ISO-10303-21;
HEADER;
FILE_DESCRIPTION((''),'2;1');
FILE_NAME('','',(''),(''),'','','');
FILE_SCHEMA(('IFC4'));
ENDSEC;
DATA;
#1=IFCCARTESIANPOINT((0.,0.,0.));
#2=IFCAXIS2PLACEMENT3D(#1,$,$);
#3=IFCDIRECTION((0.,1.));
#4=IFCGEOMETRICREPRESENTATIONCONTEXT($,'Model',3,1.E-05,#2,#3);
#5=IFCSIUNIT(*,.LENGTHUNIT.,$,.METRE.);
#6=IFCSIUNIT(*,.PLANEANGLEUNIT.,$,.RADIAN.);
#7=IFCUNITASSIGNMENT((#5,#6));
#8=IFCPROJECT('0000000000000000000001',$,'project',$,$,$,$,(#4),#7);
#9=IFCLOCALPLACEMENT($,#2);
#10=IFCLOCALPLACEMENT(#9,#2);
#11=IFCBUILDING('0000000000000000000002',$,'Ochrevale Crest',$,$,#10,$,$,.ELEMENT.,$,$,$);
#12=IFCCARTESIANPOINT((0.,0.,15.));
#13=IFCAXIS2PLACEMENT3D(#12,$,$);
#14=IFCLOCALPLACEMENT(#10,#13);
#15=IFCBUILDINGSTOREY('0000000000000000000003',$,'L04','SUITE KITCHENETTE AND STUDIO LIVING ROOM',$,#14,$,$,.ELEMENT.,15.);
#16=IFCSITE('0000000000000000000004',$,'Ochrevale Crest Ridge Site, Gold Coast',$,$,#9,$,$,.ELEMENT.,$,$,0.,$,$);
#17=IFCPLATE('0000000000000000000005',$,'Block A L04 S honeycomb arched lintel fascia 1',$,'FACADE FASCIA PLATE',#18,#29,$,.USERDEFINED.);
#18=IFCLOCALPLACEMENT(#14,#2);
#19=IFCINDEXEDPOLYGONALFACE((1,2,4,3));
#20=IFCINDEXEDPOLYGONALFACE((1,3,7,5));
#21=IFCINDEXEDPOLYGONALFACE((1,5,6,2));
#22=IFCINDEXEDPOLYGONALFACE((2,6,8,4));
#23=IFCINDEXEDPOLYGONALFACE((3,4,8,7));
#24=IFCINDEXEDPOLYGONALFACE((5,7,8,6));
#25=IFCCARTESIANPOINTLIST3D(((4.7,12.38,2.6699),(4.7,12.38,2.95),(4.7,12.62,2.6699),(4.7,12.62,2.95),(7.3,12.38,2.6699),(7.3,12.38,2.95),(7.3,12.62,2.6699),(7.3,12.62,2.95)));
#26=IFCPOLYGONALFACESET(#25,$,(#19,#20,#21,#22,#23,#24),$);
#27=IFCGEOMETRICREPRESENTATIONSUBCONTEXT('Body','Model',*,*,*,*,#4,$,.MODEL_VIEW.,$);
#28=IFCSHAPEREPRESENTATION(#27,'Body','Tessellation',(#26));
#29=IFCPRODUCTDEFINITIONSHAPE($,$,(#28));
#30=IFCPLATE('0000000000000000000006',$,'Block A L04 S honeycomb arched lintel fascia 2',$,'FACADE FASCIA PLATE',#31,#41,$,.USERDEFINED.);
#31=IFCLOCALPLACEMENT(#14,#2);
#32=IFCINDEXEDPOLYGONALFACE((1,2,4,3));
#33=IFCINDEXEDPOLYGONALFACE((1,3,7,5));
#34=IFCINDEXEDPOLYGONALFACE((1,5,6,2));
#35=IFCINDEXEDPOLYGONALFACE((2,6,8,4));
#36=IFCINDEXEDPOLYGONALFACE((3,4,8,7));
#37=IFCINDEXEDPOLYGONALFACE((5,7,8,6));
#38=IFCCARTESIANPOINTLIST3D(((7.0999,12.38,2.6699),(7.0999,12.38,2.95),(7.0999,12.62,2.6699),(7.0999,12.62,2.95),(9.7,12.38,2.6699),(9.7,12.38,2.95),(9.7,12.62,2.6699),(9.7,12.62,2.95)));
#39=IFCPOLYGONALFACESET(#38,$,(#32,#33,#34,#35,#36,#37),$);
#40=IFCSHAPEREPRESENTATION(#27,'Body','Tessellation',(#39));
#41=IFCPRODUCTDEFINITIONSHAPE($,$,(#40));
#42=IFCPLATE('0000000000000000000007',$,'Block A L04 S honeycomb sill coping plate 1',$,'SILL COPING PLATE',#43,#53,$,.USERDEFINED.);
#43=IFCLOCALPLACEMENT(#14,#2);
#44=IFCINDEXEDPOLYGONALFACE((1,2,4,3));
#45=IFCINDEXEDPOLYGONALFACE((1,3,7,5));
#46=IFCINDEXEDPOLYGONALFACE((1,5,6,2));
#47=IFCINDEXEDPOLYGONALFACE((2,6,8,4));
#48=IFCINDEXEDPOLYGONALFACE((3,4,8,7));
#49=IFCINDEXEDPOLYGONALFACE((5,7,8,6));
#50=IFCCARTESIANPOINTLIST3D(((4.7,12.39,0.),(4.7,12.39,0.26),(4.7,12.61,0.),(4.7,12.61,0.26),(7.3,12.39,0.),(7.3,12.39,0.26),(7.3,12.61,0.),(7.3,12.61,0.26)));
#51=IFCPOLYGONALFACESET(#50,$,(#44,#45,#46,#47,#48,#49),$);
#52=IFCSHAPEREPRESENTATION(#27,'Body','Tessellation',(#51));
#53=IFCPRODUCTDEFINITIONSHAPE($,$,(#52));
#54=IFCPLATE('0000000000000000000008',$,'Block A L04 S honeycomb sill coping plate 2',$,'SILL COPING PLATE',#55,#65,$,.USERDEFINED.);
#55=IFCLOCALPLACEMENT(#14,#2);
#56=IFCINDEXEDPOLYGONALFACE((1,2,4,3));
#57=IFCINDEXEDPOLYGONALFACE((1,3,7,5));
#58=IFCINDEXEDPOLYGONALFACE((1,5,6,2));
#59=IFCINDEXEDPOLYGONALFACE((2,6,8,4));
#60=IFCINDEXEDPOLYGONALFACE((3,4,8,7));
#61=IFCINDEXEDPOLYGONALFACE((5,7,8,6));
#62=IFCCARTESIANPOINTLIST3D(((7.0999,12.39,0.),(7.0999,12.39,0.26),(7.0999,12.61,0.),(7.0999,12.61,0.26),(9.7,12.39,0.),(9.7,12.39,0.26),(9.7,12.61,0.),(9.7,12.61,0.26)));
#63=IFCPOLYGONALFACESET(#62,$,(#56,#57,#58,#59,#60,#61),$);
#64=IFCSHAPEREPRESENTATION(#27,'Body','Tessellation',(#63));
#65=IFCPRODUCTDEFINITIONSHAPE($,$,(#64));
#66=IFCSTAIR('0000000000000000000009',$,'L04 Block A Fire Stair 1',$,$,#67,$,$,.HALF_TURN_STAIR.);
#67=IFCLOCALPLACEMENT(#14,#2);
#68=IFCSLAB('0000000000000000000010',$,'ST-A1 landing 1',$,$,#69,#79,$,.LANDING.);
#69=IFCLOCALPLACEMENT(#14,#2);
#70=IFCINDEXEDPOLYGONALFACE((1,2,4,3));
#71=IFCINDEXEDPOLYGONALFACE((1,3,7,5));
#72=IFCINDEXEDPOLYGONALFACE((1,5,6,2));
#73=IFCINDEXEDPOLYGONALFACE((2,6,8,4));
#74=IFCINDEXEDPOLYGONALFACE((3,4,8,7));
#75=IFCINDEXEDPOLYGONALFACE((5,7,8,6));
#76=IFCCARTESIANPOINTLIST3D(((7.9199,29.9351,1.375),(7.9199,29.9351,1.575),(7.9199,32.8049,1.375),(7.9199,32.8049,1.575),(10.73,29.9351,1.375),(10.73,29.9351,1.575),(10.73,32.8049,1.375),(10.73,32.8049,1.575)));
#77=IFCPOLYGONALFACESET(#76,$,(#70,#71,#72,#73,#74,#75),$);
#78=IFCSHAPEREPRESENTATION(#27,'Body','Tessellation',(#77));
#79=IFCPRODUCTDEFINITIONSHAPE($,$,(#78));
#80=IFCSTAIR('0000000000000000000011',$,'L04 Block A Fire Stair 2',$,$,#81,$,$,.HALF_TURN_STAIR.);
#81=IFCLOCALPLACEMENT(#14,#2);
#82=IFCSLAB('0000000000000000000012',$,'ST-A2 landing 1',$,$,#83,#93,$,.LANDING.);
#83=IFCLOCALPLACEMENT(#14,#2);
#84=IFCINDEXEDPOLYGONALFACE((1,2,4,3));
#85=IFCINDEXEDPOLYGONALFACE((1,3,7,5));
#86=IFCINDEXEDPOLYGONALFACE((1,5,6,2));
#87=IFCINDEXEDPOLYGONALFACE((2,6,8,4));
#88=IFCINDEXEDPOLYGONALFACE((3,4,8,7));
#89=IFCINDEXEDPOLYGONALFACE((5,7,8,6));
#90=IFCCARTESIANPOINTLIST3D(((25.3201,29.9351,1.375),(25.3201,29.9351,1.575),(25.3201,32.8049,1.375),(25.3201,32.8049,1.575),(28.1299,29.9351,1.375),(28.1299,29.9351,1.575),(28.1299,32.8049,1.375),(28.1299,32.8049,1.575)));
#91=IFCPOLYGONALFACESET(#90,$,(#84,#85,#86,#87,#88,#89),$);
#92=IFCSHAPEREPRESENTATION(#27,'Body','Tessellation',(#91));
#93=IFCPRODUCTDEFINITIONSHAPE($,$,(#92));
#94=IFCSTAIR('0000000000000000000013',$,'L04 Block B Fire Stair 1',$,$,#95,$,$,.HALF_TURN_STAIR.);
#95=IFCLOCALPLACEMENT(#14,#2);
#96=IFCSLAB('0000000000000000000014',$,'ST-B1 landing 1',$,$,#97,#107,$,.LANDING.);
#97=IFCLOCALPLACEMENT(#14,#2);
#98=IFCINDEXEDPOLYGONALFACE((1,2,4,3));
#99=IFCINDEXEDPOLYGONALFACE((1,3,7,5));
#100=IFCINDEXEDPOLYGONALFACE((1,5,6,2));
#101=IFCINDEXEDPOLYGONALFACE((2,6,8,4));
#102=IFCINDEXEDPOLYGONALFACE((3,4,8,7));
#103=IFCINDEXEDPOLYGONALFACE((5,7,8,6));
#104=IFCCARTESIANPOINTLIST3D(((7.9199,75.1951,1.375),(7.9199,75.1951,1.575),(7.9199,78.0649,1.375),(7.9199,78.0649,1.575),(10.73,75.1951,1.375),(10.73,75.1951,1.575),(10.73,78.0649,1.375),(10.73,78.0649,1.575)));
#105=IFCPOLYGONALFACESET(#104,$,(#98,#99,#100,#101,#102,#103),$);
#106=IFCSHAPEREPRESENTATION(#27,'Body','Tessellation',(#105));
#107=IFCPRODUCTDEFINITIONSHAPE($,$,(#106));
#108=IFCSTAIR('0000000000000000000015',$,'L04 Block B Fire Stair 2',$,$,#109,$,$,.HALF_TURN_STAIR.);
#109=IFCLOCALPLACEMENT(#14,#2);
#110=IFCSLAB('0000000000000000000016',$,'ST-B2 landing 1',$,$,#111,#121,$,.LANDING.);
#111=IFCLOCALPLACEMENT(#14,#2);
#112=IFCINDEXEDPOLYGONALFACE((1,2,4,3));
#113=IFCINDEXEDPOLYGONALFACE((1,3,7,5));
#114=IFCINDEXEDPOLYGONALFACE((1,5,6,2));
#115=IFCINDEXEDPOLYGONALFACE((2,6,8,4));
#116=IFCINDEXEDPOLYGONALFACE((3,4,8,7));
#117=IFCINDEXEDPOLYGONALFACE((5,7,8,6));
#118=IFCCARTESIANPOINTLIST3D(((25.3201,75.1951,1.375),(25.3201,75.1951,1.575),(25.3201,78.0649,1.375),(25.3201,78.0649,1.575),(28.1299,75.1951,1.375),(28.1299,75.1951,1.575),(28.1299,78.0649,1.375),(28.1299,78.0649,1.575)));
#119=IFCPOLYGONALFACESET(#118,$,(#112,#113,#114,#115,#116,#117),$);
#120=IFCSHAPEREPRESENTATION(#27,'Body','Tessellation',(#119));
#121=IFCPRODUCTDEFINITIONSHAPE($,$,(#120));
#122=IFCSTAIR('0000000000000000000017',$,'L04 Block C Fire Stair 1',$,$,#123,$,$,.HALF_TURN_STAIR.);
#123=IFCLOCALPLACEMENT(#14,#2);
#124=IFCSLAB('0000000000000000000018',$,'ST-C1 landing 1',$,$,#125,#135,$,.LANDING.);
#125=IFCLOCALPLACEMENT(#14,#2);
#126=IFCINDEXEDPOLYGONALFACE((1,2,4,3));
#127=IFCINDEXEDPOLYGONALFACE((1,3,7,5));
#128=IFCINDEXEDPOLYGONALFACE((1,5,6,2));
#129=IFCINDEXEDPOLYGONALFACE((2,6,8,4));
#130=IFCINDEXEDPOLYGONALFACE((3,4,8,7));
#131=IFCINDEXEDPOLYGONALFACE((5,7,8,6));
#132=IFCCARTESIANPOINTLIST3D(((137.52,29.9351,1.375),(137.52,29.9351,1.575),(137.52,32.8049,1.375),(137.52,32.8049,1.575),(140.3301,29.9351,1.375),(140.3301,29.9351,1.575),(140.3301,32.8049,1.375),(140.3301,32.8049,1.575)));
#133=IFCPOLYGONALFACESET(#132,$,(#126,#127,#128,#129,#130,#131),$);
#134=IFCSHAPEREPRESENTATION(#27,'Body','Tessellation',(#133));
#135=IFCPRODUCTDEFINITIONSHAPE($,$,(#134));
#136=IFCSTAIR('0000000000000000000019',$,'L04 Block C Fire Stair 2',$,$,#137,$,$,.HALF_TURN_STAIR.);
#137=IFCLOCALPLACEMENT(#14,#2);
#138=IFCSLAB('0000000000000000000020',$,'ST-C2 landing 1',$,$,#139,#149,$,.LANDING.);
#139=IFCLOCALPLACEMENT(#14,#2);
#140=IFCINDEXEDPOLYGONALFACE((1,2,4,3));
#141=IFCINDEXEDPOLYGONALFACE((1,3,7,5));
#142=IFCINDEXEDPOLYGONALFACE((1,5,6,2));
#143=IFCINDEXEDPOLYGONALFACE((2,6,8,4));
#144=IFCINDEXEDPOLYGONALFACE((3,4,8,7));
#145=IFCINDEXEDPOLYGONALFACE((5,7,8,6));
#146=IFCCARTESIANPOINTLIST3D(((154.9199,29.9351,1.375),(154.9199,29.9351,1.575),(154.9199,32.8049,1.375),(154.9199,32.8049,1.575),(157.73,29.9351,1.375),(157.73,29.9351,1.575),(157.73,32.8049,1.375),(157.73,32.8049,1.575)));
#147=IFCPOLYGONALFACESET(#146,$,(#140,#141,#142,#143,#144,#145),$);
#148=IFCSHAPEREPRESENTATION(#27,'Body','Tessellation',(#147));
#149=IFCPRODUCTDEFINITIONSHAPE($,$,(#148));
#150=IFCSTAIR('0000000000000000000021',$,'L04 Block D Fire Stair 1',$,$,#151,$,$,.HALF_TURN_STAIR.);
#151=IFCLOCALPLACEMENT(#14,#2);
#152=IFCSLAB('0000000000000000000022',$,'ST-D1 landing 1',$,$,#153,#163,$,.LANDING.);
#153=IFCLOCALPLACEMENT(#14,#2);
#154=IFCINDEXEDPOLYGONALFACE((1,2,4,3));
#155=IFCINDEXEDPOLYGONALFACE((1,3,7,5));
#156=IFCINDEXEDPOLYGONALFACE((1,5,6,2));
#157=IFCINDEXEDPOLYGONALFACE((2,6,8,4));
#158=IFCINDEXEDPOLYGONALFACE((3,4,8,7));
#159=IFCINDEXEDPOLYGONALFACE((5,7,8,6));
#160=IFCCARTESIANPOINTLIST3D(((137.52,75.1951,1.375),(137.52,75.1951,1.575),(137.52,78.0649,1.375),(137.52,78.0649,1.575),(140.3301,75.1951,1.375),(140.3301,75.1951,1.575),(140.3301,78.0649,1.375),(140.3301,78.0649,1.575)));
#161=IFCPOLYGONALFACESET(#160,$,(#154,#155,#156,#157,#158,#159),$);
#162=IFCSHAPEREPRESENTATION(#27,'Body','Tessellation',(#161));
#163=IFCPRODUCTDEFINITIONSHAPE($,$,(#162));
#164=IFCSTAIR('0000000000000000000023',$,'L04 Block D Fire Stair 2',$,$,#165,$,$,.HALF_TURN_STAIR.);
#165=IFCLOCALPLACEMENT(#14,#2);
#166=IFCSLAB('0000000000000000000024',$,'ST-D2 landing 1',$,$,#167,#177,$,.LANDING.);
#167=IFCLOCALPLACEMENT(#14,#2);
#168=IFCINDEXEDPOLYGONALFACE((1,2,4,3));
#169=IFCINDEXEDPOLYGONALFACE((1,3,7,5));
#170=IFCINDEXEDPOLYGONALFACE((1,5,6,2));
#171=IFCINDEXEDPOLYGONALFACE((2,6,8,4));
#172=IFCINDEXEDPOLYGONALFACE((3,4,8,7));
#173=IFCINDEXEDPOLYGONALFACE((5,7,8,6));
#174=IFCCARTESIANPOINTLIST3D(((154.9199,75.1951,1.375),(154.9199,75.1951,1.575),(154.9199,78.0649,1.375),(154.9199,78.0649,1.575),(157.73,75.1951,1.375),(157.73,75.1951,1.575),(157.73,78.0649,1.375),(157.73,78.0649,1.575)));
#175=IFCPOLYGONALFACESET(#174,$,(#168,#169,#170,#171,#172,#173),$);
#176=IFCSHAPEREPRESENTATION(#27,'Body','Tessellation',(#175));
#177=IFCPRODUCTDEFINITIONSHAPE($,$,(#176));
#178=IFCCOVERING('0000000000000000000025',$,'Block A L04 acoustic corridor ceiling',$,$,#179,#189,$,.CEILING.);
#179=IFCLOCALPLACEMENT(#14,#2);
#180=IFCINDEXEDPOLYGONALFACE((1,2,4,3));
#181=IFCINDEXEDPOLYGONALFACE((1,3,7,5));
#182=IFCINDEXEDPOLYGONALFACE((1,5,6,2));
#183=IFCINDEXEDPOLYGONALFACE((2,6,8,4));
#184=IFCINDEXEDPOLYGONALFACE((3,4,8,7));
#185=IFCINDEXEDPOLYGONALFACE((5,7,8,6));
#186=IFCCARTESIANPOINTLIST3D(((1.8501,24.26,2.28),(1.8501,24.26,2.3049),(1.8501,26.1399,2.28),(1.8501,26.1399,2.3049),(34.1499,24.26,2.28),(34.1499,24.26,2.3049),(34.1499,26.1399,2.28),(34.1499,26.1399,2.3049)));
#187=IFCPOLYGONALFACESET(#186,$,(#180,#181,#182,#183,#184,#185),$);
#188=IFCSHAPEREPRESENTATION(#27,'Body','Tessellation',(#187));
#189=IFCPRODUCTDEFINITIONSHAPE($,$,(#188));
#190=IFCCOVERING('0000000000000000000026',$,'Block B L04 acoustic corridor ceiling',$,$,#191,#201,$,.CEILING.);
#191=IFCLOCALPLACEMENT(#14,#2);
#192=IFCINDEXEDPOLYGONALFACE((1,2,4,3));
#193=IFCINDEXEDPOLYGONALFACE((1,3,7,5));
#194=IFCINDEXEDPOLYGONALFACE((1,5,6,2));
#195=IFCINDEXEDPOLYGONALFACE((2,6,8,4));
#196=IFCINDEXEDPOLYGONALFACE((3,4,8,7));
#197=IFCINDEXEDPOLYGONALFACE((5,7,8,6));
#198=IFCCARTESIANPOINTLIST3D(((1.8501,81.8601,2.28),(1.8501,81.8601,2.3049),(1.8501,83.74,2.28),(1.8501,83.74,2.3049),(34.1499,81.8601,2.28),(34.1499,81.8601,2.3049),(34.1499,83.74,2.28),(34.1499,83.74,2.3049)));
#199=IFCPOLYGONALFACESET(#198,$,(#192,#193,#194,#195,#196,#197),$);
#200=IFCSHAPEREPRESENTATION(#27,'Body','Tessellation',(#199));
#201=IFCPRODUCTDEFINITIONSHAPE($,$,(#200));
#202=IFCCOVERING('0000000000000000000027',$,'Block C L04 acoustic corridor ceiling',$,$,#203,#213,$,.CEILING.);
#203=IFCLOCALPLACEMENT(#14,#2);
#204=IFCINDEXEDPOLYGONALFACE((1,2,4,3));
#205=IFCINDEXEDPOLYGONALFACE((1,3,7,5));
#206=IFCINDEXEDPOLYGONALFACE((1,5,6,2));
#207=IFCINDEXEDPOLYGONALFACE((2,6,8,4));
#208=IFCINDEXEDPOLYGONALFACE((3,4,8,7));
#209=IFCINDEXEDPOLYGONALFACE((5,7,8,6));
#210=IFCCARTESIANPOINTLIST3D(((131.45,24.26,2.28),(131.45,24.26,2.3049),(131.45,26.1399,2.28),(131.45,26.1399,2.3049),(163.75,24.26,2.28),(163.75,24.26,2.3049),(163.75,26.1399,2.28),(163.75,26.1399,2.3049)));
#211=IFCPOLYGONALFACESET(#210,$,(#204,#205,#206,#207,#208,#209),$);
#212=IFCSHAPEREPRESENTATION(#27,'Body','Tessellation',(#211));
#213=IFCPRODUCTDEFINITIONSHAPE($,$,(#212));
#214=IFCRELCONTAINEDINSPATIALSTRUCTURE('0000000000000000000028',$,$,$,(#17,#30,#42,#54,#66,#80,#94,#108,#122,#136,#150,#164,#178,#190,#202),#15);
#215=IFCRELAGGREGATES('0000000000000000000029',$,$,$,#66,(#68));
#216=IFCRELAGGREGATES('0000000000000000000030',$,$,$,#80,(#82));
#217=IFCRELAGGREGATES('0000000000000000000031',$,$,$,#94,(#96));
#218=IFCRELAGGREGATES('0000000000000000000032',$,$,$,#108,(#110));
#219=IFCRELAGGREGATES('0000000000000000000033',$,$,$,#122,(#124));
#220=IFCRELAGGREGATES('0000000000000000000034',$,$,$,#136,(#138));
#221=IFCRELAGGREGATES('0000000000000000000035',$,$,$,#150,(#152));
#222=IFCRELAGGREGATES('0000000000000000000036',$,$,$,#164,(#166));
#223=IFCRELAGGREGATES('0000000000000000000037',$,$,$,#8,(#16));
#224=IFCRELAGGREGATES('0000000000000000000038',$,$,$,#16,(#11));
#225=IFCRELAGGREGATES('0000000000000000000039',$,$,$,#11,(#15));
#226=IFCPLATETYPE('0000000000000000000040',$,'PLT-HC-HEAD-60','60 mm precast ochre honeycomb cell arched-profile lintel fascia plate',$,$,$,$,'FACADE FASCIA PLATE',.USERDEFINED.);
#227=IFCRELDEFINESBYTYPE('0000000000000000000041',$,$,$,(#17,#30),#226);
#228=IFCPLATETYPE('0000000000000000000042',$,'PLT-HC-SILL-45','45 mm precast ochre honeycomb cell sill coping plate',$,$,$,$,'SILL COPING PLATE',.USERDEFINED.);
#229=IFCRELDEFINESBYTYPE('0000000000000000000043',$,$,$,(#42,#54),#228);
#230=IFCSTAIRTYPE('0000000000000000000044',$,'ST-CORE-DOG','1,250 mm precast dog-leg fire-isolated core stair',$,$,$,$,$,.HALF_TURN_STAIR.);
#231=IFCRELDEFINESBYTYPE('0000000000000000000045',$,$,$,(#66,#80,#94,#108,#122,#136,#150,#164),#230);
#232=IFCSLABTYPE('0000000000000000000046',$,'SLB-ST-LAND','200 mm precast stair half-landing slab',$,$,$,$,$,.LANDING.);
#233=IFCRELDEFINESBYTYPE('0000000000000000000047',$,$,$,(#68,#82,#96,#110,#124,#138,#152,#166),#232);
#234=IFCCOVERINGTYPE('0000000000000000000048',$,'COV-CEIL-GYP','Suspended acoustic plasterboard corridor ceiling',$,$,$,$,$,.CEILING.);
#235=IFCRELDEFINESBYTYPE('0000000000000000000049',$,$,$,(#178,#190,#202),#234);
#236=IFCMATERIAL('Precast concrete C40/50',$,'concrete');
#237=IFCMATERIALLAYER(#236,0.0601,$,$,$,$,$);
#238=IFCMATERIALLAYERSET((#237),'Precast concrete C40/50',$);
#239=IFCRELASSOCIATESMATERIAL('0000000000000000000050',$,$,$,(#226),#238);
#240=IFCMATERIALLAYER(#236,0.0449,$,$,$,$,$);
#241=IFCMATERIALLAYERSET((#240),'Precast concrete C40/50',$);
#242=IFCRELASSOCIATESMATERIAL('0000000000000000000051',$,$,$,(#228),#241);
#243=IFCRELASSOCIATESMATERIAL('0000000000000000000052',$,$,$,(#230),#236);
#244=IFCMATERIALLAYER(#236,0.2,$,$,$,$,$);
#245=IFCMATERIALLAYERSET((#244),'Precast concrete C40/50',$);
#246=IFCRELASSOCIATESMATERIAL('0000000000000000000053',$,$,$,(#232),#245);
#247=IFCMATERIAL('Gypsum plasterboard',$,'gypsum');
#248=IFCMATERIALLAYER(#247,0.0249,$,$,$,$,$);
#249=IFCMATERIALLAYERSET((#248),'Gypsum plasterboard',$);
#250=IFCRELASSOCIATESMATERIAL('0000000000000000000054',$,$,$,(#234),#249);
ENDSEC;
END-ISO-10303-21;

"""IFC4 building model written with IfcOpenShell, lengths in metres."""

from ifc_helpers import new_model, si_unit, direction, frame, origin, origin_2d, place, context, subcontext, project, spatial, polyline, rectangle, outline, extrude, material, layer, layer_set, type_object, element, aggregate, save


model = new_model("IFC4")

# Units and contexts
model_context = context("Model", 3, precision=1e-05, world=origin(), true_north=direction((0.0, 1.0)))
body_context = subcontext(model_context, "Body", "Model", "MODEL_VIEW")
ifc_project = project(units=[si_unit("LENGTHUNIT", "METRE"), si_unit("PLANEANGLEUNIT", "RADIAN")], contexts=[model_context])

# Site, building, storey
site_placement = place(None, origin())
site = spatial("IfcSite", under=ifc_project, at=site_placement, Name="Ochrevale Crest Ridge Site, Gold Coast", CompositionType="ELEMENT", RefElevation=0.0)
building_placement = place(site_placement, origin())
building = spatial("IfcBuilding", under=site, at=building_placement, Name="Ochrevale Crest", CompositionType="ELEMENT")
storey_placement = place(building_placement, frame((0.0, 0.0, 15.0)))
storey = spatial("IfcBuildingStorey", under=building, at=storey_placement, Name="L04", Description="SUITE KITCHENETTE AND STUDIO LIVING ROOM", CompositionType="ELEMENT", Elevation=15.0)

# Plates
ifc_material_1 = material(Name="Precast concrete C40/50", Category="concrete")
ifc_layer_1 = layer(ifc_material_1, 0.0601)
ifc_layer_set_1 = layer_set([ifc_layer_1], Name="Precast concrete C40/50")
plate_type_1 = type_object("IfcPlateType", Name="PLT-HC-HEAD-60", Description="60 mm precast ochre honeycomb cell arched-profile lintel fascia plate", ElementType="FACADE FASCIA PLATE", PredefinedType="USERDEFINED", material=ifc_layer_set_1)
for number, where, z_axis, x_axis, name in (
    (1, (6.0, 12.5, 2.6699), (0.0, 0.0, 1.0), (1.0, 0.0, 0.0), "Block A L04 S honeycomb arched lintel fascia 1"),
    (2, (8.3999, 12.5, 2.6699), (0.0, 0.0, 1.0), (1.0, 0.0, 0.0), "Block A L04 S honeycomb arched lintel fascia 2"),
):
    element("IfcPlate", number, at=place(storey_placement, frame(where, z_axis=z_axis, x_axis=x_axis)), inside=storey, type_object=plate_type_1, Name=name, ObjectType="FACADE FASCIA PLATE", PredefinedType="USERDEFINED", context=body_context, shape_type="SweptSolid", body=[
        extrude(rectangle(XDim=2.6001, YDim=0.24, at=origin_2d()), origin(), (0.0, 0.0, 1.0), 0.28),
    ])
ifc_layer_2 = layer(ifc_material_1, 0.0449)
ifc_layer_set_2 = layer_set([ifc_layer_2], Name="Precast concrete C40/50")
plate_type_2 = type_object("IfcPlateType", Name="PLT-HC-SILL-45", Description="45 mm precast ochre honeycomb cell sill coping plate", ElementType="SILL COPING PLATE", PredefinedType="USERDEFINED", material=ifc_layer_set_2)
for number, where, z_axis, x_axis, name in (
    (3, (6.0, 12.5, 0.0), (0.0, 0.0, 1.0), (1.0, 0.0, 0.0), "Block A L04 S honeycomb sill coping plate 1"),
    (4, (8.3999, 12.5, 0.0), (0.0, 0.0, 1.0), (1.0, 0.0, 0.0), "Block A L04 S honeycomb sill coping plate 2"),
):
    element("IfcPlate", number, at=place(storey_placement, frame(where, z_axis=z_axis, x_axis=x_axis)), inside=storey, type_object=plate_type_2, Name=name, ObjectType="SILL COPING PLATE", PredefinedType="USERDEFINED", context=body_context, shape_type="SweptSolid", body=[
        extrude(rectangle(XDim=2.6001, YDim=0.22, at=origin_2d()), origin(), (0.0, 0.0, 1.0), 0.26),
    ])

# Stairs, slabs
stair_type = type_object("IfcStairType", Name="ST-CORE-DOG", Description="1,250 mm precast dog-leg fire-isolated core stair", PredefinedType="HALF_TURN_STAIR", material=ifc_material_1)
stair_1_placement = place(storey_placement, origin())
stair_1 = element("IfcStair", 5, at=stair_1_placement, inside=storey, type_object=stair_type, Name="L04 Block A Fire Stair 1", PredefinedType="HALF_TURN_STAIR")
ifc_layer_3 = layer(ifc_material_1, 0.2)
ifc_layer_set_3 = layer_set([ifc_layer_3], Name="Precast concrete C40/50")
slab_type = type_object("IfcSlabType", Name="SLB-ST-LAND", Description="200 mm precast stair half-landing slab", PredefinedType="LANDING", material=ifc_layer_set_3)
slab_1_placement = place(storey_placement, frame((0.0, 0.0, 1.375)))
slab_1 = element("IfcSlab", 6, at=slab_1_placement, type_object=slab_type, Name="ST-A1 landing 1", PredefinedType="LANDING", context=body_context, shape_type="SweptSolid", body=[
    extrude(outline(polyline([(10.73, 29.9351), (10.73, 32.8049), (7.9199, 32.8049), (7.9199, 29.9351), (10.73, 29.9351)])), origin(), (0.0, 0.0, 1.0), 0.2),
])
aggregate(stair_1, [slab_1])
stair_2_placement = place(storey_placement, origin())
stair_2 = element("IfcStair", 7, at=stair_2_placement, inside=storey, type_object=stair_type, Name="L04 Block A Fire Stair 2", PredefinedType="HALF_TURN_STAIR")
slab_2_placement = place(storey_placement, frame((0.0, 0.0, 1.375)))
slab_2 = element("IfcSlab", 8, at=slab_2_placement, type_object=slab_type, Name="ST-A2 landing 1", PredefinedType="LANDING", context=body_context, shape_type="SweptSolid", body=[
    extrude(outline(polyline([(28.1299, 29.9351), (28.1299, 32.8049), (25.3201, 32.8049), (25.3201, 29.9351), (28.1299, 29.9351)])), origin(), (0.0, 0.0, 1.0), 0.2),
])
aggregate(stair_2, [slab_2])
stair_3_placement = place(storey_placement, origin())
stair_3 = element("IfcStair", 9, at=stair_3_placement, inside=storey, type_object=stair_type, Name="L04 Block B Fire Stair 1", PredefinedType="HALF_TURN_STAIR")
slab_3_placement = place(storey_placement, frame((0.0, 0.0, 1.375)))
slab_3 = element("IfcSlab", 10, at=slab_3_placement, type_object=slab_type, Name="ST-B1 landing 1", PredefinedType="LANDING", context=body_context, shape_type="SweptSolid", body=[
    extrude(outline(polyline([(7.9199, 78.0649), (7.9199, 75.1951), (10.73, 75.1951), (10.73, 78.0649), (7.9199, 78.0649)])), origin(), (0.0, 0.0, 1.0), 0.2),
])
aggregate(stair_3, [slab_3])
stair_4_placement = place(storey_placement, origin())
stair_4 = element("IfcStair", 11, at=stair_4_placement, inside=storey, type_object=stair_type, Name="L04 Block B Fire Stair 2", PredefinedType="HALF_TURN_STAIR")
slab_4_placement = place(storey_placement, frame((0.0, 0.0, 1.375)))
slab_4 = element("IfcSlab", 12, at=slab_4_placement, type_object=slab_type, Name="ST-B2 landing 1", PredefinedType="LANDING", context=body_context, shape_type="SweptSolid", body=[
    extrude(outline(polyline([(25.3201, 78.0649), (25.3201, 75.1951), (28.1299, 75.1951), (28.1299, 78.0649), (25.3201, 78.0649)])), origin(), (0.0, 0.0, 1.0), 0.2),
])
aggregate(stair_4, [slab_4])
stair_5_placement = place(storey_placement, origin())
stair_5 = element("IfcStair", 13, at=stair_5_placement, inside=storey, type_object=stair_type, Name="L04 Block C Fire Stair 1", PredefinedType="HALF_TURN_STAIR")
slab_5_placement = place(storey_placement, frame((0.0, 0.0, 1.375)))
slab_5 = element("IfcSlab", 14, at=slab_5_placement, type_object=slab_type, Name="ST-C1 landing 1", PredefinedType="LANDING", context=body_context, shape_type="SweptSolid", body=[
    extrude(outline(polyline([(140.3301, 29.9351), (140.3301, 32.8049), (137.52, 32.8049), (137.52, 29.9351), (140.3301, 29.9351)])), origin(), (0.0, 0.0, 1.0), 0.2),
])
aggregate(stair_5, [slab_5])
stair_6_placement = place(storey_placement, origin())
stair_6 = element("IfcStair", 15, at=stair_6_placement, inside=storey, type_object=stair_type, Name="L04 Block C Fire Stair 2", PredefinedType="HALF_TURN_STAIR")
slab_6_placement = place(storey_placement, frame((0.0, 0.0, 1.375)))
slab_6 = element("IfcSlab", 16, at=slab_6_placement, type_object=slab_type, Name="ST-C2 landing 1", PredefinedType="LANDING", context=body_context, shape_type="SweptSolid", body=[
    extrude(outline(polyline([(157.73, 29.9351), (157.73, 32.8049), (154.9199, 32.8049), (154.9199, 29.9351), (157.73, 29.9351)])), origin(), (0.0, 0.0, 1.0), 0.2),
])
aggregate(stair_6, [slab_6])
stair_7_placement = place(storey_placement, origin())
stair_7 = element("IfcStair", 17, at=stair_7_placement, inside=storey, type_object=stair_type, Name="L04 Block D Fire Stair 1", PredefinedType="HALF_TURN_STAIR")
slab_7_placement = place(storey_placement, frame((0.0, 0.0, 1.375)))
slab_7 = element("IfcSlab", 18, at=slab_7_placement, type_object=slab_type, Name="ST-D1 landing 1", PredefinedType="LANDING", context=body_context, shape_type="SweptSolid", body=[
    extrude(outline(polyline([(137.52, 78.0649), (137.52, 75.1951), (140.3301, 75.1951), (140.3301, 78.0649), (137.52, 78.0649)])), origin(), (0.0, 0.0, 1.0), 0.2),
])
aggregate(stair_7, [slab_7])
stair_8_placement = place(storey_placement, origin())
stair_8 = element("IfcStair", 19, at=stair_8_placement, inside=storey, type_object=stair_type, Name="L04 Block D Fire Stair 2", PredefinedType="HALF_TURN_STAIR")
slab_8_placement = place(storey_placement, frame((0.0, 0.0, 1.375)))
slab_8 = element("IfcSlab", 20, at=slab_8_placement, type_object=slab_type, Name="ST-D2 landing 1", PredefinedType="LANDING", context=body_context, shape_type="SweptSolid", body=[
    extrude(outline(polyline([(154.9199, 78.0649), (154.9199, 75.1951), (157.73, 75.1951), (157.73, 78.0649), (154.9199, 78.0649)])), origin(), (0.0, 0.0, 1.0), 0.2),
])
aggregate(stair_8, [slab_8])

# Coverings
ifc_material_2 = material(Name="Gypsum plasterboard", Category="gypsum")
ifc_layer_4 = layer(ifc_material_2, 0.0249)
ifc_layer_set_4 = layer_set([ifc_layer_4], Name="Gypsum plasterboard")
covering_type_1 = type_object("IfcCoveringType", Name="COV-CEIL-GYP", Description="Suspended acoustic plasterboard corridor ceiling", PredefinedType="CEILING", material=ifc_layer_set_4)
covering_1_placement = place(storey_placement, frame((0.0, 0.0, 2.28)))
element("IfcCovering", 21, at=covering_1_placement, inside=storey, type_object=covering_type_1, Name="Block A L04 acoustic corridor ceiling", PredefinedType="CEILING", context=body_context, shape_type="SweptSolid", body=[
    extrude(outline(polyline([(1.8501, 24.26), (34.1499, 24.26), (34.1499, 26.1399), (1.8501, 26.1399), (1.8501, 24.26)])), origin(), (0.0, 0.0, 1.0), 0.0249),
])
covering_2_placement = place(storey_placement, frame((0.0, 0.0, 2.28)))
element("IfcCovering", 22, at=covering_2_placement, inside=storey, type_object=covering_type_1, Name="Block B L04 acoustic corridor ceiling", PredefinedType="CEILING", context=body_context, shape_type="SweptSolid", body=[
    extrude(outline(polyline([(1.8501, 81.8601), (34.1499, 81.8601), (34.1499, 83.74), (1.8501, 83.74), (1.8501, 81.8601)])), origin(), (0.0, 0.0, 1.0), 0.0249),
])
covering_3_placement = place(storey_placement, frame((0.0, 0.0, 2.28)))
element("IfcCovering", 23, at=covering_3_placement, inside=storey, type_object=covering_type_1, Name="Block C L04 acoustic corridor ceiling", PredefinedType="CEILING", context=body_context, shape_type="SweptSolid", body=[
    extrude(outline(polyline([(131.45, 24.26), (163.75, 24.26), (163.75, 26.1399), (131.45, 26.1399), (131.45, 24.26)])), origin(), (0.0, 0.0, 1.0), 0.0249),
])

save(model, "model.ifc")
